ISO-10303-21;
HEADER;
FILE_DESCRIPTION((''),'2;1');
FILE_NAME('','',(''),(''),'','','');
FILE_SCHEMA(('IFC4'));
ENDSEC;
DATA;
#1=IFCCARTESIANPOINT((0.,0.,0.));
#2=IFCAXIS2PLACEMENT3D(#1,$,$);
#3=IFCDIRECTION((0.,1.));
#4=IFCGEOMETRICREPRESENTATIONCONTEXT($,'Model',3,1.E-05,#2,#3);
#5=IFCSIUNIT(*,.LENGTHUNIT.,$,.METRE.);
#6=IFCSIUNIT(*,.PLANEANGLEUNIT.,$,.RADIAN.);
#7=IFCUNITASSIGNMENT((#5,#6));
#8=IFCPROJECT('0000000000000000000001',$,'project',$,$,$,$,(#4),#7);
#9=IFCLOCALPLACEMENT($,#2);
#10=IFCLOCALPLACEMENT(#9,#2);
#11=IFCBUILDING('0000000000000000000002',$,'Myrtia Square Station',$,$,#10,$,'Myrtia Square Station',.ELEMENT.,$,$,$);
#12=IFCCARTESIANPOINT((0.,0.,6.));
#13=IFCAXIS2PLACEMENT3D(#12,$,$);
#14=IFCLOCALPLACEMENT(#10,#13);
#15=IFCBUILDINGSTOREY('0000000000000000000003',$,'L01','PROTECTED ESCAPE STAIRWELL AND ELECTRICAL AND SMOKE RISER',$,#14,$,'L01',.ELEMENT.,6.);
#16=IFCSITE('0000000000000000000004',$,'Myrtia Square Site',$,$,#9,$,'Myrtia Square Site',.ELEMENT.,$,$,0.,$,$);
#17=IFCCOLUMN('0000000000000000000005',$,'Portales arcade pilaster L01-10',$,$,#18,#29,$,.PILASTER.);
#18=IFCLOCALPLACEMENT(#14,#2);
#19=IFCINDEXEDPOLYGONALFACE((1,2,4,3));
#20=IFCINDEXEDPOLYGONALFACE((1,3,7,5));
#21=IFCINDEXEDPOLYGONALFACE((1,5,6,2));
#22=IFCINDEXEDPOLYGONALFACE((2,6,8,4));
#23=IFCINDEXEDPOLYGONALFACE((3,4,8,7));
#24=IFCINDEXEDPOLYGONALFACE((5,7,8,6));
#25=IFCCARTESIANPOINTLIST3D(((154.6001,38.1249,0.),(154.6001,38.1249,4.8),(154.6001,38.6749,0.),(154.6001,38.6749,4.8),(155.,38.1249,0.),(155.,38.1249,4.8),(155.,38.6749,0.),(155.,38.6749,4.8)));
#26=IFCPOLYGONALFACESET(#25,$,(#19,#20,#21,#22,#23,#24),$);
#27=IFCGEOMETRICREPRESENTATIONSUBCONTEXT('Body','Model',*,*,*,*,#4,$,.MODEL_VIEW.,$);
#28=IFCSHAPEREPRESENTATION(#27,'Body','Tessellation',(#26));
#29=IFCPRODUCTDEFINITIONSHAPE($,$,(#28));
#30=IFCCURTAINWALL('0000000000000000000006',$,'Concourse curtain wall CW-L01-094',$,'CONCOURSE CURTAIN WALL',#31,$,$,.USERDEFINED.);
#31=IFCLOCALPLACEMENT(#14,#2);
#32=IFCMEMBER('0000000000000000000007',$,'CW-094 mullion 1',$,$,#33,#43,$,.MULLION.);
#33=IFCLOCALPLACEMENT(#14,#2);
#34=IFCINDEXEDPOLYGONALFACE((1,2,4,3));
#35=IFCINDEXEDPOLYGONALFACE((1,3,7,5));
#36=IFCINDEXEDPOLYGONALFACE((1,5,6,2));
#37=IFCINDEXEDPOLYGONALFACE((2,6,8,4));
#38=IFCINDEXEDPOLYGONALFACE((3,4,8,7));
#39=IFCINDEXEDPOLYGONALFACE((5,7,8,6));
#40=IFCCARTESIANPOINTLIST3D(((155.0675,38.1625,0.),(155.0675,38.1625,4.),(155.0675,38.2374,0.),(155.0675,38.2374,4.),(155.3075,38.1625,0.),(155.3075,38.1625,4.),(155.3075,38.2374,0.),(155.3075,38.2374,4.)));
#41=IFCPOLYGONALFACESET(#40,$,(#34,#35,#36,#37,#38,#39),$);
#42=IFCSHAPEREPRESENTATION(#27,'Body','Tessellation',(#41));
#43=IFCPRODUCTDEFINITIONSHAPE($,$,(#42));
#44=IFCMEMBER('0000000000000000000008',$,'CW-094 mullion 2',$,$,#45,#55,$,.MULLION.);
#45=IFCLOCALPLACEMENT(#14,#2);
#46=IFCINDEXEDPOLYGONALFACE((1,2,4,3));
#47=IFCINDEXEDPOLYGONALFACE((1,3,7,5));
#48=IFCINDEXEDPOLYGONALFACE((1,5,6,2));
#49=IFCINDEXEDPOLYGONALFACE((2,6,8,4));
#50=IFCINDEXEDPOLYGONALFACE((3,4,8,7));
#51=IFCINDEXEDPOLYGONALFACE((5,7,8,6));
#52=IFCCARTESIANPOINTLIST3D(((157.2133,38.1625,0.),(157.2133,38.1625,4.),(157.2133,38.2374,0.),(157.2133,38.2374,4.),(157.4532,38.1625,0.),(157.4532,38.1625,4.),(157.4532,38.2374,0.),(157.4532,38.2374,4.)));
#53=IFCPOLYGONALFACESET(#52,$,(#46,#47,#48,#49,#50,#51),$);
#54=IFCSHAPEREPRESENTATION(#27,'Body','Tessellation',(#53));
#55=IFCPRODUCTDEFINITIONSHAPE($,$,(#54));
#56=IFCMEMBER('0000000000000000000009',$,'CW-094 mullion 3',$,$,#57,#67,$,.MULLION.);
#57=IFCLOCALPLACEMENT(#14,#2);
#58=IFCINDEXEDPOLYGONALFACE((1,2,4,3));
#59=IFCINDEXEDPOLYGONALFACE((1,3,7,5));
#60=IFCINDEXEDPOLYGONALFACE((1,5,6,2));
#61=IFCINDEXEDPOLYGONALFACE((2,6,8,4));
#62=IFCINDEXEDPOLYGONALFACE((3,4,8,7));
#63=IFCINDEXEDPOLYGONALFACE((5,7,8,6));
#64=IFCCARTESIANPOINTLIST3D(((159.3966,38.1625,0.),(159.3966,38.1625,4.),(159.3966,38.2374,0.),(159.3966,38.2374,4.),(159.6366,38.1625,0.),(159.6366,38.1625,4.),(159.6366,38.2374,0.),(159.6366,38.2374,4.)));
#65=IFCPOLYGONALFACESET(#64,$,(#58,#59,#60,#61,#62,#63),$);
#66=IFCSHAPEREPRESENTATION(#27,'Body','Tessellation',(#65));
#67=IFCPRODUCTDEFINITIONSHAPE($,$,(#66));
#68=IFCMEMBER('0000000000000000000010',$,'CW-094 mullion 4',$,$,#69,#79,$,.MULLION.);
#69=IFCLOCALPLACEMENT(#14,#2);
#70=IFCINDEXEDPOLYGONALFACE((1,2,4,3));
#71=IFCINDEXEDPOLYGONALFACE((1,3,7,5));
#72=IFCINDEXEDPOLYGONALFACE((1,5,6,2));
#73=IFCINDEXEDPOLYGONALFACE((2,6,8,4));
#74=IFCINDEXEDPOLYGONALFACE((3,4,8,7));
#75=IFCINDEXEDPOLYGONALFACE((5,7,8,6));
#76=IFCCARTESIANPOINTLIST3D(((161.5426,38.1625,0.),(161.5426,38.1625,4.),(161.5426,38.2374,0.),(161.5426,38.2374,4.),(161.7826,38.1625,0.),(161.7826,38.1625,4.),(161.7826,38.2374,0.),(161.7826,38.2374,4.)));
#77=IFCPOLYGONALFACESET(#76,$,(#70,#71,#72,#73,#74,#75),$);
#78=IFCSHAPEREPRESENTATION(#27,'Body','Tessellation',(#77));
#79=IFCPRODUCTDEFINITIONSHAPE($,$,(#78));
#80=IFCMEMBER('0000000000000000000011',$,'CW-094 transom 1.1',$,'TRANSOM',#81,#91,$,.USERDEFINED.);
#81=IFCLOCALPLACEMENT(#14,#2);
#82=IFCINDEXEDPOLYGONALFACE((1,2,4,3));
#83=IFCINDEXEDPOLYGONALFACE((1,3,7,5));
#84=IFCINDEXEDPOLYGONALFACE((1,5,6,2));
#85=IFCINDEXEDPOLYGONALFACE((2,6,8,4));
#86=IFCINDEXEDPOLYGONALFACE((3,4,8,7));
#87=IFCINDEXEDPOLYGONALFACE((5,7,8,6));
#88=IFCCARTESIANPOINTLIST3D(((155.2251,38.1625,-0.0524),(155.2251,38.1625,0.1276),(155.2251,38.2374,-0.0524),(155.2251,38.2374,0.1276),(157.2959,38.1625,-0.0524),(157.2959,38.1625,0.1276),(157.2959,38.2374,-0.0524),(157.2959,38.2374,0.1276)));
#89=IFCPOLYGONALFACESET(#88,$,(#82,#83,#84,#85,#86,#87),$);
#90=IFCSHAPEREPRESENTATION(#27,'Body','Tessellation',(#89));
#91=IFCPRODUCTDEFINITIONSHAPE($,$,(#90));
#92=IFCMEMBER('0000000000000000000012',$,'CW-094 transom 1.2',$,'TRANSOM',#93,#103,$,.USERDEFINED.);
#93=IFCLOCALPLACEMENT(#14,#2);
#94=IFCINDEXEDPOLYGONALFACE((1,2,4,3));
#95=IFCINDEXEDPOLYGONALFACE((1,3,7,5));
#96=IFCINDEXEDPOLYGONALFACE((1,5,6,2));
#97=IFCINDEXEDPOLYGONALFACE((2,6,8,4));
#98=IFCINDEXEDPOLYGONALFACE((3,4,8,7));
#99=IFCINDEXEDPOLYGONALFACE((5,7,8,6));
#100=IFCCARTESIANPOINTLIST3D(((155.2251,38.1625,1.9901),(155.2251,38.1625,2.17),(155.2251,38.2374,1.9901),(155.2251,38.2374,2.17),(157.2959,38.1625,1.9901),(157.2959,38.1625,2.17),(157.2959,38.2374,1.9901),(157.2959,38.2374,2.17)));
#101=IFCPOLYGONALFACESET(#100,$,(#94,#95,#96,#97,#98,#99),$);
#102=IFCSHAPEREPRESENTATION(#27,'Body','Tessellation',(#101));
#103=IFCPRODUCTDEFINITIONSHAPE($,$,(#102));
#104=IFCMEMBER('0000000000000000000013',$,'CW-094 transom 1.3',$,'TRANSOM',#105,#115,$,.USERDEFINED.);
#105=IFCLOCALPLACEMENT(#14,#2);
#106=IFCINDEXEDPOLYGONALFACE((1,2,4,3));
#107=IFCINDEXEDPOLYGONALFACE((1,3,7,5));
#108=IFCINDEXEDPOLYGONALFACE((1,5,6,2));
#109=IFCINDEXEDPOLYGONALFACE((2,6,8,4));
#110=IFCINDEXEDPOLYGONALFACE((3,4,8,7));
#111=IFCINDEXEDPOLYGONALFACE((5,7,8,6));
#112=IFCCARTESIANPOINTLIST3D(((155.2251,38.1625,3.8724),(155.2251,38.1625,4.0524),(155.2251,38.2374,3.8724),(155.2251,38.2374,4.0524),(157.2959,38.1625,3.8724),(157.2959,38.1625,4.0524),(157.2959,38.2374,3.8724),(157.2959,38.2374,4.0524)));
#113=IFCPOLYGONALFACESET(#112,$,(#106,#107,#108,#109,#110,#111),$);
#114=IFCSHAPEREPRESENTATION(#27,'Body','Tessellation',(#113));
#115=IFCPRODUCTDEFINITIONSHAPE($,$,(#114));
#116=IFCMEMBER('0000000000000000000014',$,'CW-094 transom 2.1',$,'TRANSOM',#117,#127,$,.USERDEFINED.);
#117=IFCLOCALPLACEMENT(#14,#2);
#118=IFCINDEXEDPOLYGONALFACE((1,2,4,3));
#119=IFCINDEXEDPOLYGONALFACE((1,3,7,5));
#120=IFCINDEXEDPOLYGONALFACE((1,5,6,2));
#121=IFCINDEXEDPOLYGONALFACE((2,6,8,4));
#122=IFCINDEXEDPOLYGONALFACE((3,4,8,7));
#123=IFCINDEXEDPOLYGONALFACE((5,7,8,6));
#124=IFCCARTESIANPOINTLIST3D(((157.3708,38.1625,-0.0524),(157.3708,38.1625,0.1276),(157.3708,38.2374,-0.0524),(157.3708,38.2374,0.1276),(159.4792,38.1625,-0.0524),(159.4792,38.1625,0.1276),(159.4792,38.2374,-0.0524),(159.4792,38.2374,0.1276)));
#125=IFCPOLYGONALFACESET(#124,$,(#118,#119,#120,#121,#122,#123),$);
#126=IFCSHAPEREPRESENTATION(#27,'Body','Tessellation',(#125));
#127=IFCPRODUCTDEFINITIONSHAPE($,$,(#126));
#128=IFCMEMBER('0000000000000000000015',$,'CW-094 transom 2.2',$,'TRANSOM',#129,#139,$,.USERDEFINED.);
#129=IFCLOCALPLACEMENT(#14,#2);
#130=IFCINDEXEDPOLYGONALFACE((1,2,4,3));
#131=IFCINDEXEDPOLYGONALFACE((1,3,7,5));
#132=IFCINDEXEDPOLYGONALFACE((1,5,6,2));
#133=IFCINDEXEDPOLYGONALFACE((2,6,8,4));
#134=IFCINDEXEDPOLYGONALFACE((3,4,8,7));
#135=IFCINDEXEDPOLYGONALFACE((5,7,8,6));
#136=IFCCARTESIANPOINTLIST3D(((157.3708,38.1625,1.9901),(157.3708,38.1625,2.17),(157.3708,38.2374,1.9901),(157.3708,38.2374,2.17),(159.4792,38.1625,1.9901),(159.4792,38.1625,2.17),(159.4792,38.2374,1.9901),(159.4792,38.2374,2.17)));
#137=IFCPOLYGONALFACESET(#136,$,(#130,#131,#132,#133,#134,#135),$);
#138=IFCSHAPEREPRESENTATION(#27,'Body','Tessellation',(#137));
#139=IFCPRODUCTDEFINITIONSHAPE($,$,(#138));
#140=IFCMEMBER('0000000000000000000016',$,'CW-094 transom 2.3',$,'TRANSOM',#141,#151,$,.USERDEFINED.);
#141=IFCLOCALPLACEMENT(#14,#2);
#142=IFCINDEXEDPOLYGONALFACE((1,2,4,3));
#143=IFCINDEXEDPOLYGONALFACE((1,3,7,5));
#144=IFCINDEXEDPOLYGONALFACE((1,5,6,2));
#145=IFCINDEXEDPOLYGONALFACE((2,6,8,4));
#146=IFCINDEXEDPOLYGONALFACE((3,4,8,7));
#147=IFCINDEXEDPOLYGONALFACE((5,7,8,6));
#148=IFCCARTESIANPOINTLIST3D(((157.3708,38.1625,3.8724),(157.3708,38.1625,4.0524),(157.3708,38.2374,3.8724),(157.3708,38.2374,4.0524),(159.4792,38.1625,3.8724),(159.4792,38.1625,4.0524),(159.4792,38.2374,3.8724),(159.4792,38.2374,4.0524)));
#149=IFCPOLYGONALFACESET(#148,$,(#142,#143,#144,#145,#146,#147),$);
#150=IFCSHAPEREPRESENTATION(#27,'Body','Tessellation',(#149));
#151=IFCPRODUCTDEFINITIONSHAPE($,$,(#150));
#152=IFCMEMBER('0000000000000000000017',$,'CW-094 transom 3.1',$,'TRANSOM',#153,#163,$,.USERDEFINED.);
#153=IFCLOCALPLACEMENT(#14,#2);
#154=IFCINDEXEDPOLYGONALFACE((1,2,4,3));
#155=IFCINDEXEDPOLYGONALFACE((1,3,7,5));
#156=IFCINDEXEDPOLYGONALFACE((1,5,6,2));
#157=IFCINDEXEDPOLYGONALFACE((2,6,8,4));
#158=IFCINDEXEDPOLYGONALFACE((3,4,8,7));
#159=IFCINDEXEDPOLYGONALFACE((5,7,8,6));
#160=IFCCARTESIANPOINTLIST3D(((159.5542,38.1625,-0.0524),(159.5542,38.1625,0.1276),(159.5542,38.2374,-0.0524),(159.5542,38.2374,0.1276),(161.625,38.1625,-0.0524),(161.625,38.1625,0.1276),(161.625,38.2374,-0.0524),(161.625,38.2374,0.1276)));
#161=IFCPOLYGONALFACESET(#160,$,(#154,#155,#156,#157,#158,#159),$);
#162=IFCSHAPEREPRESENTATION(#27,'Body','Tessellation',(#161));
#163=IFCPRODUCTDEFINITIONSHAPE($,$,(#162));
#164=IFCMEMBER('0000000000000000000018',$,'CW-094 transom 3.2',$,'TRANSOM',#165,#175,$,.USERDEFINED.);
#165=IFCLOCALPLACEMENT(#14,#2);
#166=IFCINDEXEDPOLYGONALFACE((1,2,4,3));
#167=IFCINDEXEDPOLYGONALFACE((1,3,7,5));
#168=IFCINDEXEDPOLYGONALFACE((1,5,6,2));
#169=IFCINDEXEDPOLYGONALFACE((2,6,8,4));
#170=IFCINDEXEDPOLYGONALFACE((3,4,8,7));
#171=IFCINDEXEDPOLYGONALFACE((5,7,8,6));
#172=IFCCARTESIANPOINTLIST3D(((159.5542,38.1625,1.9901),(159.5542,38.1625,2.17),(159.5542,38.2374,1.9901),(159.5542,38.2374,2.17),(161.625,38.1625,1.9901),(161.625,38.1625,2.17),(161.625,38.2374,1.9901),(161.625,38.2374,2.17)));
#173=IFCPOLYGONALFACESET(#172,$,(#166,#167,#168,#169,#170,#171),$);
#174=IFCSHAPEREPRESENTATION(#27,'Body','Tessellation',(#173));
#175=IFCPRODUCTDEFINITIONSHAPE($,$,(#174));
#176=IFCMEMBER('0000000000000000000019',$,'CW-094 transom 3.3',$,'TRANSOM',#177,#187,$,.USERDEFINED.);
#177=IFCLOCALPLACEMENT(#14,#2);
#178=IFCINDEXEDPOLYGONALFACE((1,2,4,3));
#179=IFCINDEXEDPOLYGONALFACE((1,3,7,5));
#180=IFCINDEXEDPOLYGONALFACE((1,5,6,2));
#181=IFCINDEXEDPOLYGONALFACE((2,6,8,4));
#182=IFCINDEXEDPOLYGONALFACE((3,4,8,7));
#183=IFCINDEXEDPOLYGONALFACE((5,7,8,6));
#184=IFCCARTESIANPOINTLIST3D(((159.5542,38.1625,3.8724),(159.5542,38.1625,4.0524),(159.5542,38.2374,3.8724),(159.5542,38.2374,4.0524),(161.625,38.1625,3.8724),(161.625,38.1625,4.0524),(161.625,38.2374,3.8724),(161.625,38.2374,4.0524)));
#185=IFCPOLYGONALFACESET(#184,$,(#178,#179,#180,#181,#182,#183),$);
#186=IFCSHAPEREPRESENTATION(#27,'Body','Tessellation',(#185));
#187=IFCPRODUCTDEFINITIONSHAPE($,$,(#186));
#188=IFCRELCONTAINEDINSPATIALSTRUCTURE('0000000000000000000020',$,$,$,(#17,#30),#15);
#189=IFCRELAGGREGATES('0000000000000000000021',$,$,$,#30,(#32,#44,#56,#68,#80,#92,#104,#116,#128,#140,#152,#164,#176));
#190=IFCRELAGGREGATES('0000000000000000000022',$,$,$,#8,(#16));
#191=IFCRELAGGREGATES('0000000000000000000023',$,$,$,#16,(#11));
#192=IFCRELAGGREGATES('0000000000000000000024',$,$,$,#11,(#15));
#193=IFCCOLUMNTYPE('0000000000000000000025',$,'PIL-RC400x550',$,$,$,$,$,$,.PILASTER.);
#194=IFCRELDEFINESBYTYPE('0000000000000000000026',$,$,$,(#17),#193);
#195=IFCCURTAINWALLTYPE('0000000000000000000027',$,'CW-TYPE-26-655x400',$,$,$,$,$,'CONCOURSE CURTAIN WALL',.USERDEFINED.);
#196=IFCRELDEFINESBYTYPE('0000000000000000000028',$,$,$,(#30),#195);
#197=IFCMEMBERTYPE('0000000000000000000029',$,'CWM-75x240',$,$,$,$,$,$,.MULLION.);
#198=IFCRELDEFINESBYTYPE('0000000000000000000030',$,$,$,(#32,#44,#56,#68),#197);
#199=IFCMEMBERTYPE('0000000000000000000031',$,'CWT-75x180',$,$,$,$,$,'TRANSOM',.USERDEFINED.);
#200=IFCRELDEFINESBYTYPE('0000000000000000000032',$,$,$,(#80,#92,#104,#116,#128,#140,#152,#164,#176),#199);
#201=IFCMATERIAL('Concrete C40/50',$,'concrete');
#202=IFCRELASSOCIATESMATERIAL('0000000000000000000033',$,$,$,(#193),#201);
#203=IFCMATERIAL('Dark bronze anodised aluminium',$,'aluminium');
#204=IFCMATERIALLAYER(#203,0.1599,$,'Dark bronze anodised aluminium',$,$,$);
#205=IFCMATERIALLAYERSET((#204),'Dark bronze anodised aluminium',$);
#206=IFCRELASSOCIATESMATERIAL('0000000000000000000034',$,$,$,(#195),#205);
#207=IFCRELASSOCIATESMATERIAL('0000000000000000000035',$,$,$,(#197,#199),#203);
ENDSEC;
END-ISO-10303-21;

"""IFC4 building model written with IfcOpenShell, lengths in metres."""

from ifc_helpers import new_model, si_unit, direction, frame, origin, origin_2d, place, context, subcontext, project, spatial, rectangle, extrude, material, layer, layer_set, material_profile, profile_set, type_object, element, aggregate, save


model = new_model("IFC4")

# Units and contexts
model_context = context("Model", 3, precision=1e-05, world=origin(), true_north=direction((0.0, 1.0)))
body_context = subcontext(model_context, "Body", "Model", "MODEL_VIEW")
ifc_project = project(units=[si_unit("LENGTHUNIT", "METRE"), si_unit("PLANEANGLEUNIT", "RADIAN")], contexts=[model_context])

# Site, building, storey
site_placement = place(None, origin())
site = spatial("IfcSite", under=ifc_project, at=site_placement, Name="Myrtia Square Site", LongName="Myrtia Square Site", CompositionType="ELEMENT", RefElevation=0.0)
building_placement = place(site_placement, origin())
building = spatial("IfcBuilding", under=site, at=building_placement, Name="Myrtia Square Station", LongName="Myrtia Square Station", CompositionType="ELEMENT")
storey_placement = place(building_placement, frame((0.0, 0.0, 6.0)))
storey = spatial("IfcBuildingStorey", under=building, at=storey_placement, Name="L01", Description="PROTECTED ESCAPE STAIRWELL AND ELECTRICAL AND SMOKE RISER", LongName="L01", CompositionType="ELEMENT", Elevation=6.0)

# Column
ifc_material_1 = material(Name="Concrete C40/50", Category="concrete")
ifc_material_profile_1 = material_profile(ifc_material_1, rectangle(XDim=0.3999, YDim=0.55, at=origin_2d()), Name="PIL 400x550")
ifc_profile_set_1 = profile_set([ifc_material_profile_1], Name="Concrete C40/50")
column_type = type_object("IfcColumnType", Name="PIL-RC400x550", PredefinedType="PILASTER", material=ifc_profile_set_1)
column_placement = place(storey_placement, frame((154.8, 38.3999, 0.0), z_axis=(0.0, 0.0, 1.0), x_axis=(1.0, 0.0, 0.0)))
element("IfcColumn", 1, at=column_placement, inside=storey, type_object=column_type, Name="Portales arcade pilaster L01-10", PredefinedType="PILASTER", context=body_context, shape_type="SweptSolid", body=[
    extrude(rectangle(XDim=0.3999, YDim=0.55, at=origin_2d()), origin(), (0.0, 0.0, 1.0), 4.8),
])

# Curtain wall, members
ifc_material_2 = material(Name="Dark bronze anodised aluminium", Category="aluminium")
ifc_layer_1 = layer(ifc_material_2, 0.1599, Name="Dark bronze anodised aluminium")
ifc_layer_set_1 = layer_set([ifc_layer_1], Name="Dark bronze anodised aluminium")
curtain_wall_type = type_object("IfcCurtainWallType", Name="CW-TYPE-26-655x400", ElementType="CONCOURSE CURTAIN WALL", PredefinedType="USERDEFINED", material=ifc_layer_set_1)
curtain_wall_placement = place(storey_placement, origin())
curtain_wall = element("IfcCurtainWall", 2, at=curtain_wall_placement, inside=storey, type_object=curtain_wall_type, Name="Concourse curtain wall CW-L01-094", ObjectType="CONCOURSE CURTAIN WALL", PredefinedType="USERDEFINED")
ifc_material_profile_2 = material_profile(ifc_material_2, rectangle(XDim=0.075, YDim=0.24, at=origin_2d()), Name="ALU-M 75x240")
ifc_profile_set_2 = profile_set([ifc_material_profile_2], Name="Dark bronze anodised aluminium")
member_type_1 = type_object("IfcMemberType", Name="CWM-75x240", PredefinedType="MULLION", material=ifc_profile_set_2)
member_1_placement = place(storey_placement, frame((155.1875, 38.2, 0.0), z_axis=(0.0, 0.0, 1.0), x_axis=(0.0, 1.0, 0.0)))
member_1 = element("IfcMember", 3, at=member_1_placement, type_object=member_type_1, Name="CW-094 mullion 1", PredefinedType="MULLION", context=body_context, shape_type="SweptSolid", body=[
    extrude(rectangle(XDim=0.075, YDim=0.24, at=origin_2d()), origin(), (0.0, 0.0, 1.0), 4.0),
])
member_2_placement = place(storey_placement, frame((157.3333, 38.2, 0.0), z_axis=(0.0, 0.0, 1.0), x_axis=(0.0, 1.0, 0.0)))
member_2 = element("IfcMember", 4, at=member_2_placement, type_object=member_type_1, Name="CW-094 mullion 2", PredefinedType="MULLION", context=body_context, shape_type="SweptSolid", body=[
    extrude(rectangle(XDim=0.075, YDim=0.24, at=origin_2d()), origin(), (0.0, 0.0, 1.0), 4.0),
])
member_3_placement = place(storey_placement, frame((159.5166, 38.2, 0.0), z_axis=(0.0, 0.0, 1.0), x_axis=(0.0, 1.0, 0.0)))
member_3 = element("IfcMember", 5, at=member_3_placement, type_object=member_type_1, Name="CW-094 mullion 3", PredefinedType="MULLION", context=body_context, shape_type="SweptSolid", body=[
    extrude(rectangle(XDim=0.075, YDim=0.24, at=origin_2d()), origin(), (0.0, 0.0, 1.0), 4.0),
])
member_4_placement = place(storey_placement, frame((161.6626, 38.2, 0.0), z_axis=(0.0, 0.0, 1.0), x_axis=(0.0, 1.0, 0.0)))
member_4 = element("IfcMember", 6, at=member_4_placement, type_object=member_type_1, Name="CW-094 mullion 4", PredefinedType="MULLION", context=body_context, shape_type="SweptSolid", body=[
    extrude(rectangle(XDim=0.075, YDim=0.24, at=origin_2d()), origin(), (0.0, 0.0, 1.0), 4.0),
])
ifc_material_profile_3 = material_profile(ifc_material_2, rectangle(XDim=0.075, YDim=0.1799, at=origin_2d()), Name="ALU-T 75x180")
ifc_profile_set_3 = profile_set([ifc_material_profile_3], Name="Dark bronze anodised aluminium")
member_type_2 = type_object("IfcMemberType", Name="CWT-75x180", ElementType="TRANSOM", PredefinedType="USERDEFINED", material=ifc_profile_set_3)
member_5_placement = place(storey_placement, frame((155.2251, 38.2, 0.0376), z_axis=(1.0, 0.0, 0.0), x_axis=(0.0, 1.0, 0.0)))
member_5 = element("IfcMember", 7, at=member_5_placement, type_object=member_type_2, Name="CW-094 transom 1.1", ObjectType="TRANSOM", PredefinedType="USERDEFINED", context=body_context, shape_type="SweptSolid", body=[
    extrude(rectangle(XDim=0.075, YDim=0.1799, at=origin_2d()), origin(), (0.0, 0.0, 1.0), 2.0708),
])
member_6_placement = place(storey_placement, frame((155.2251, 38.2, 2.0801), z_axis=(1.0, 0.0, 0.0), x_axis=(0.0, 1.0, 0.0)))
member_6 = element("IfcMember", 8, at=member_6_placement, type_object=member_type_2, Name="CW-094 transom 1.2", ObjectType="TRANSOM", PredefinedType="USERDEFINED", context=body_context, shape_type="SweptSolid", body=[
    extrude(rectangle(XDim=0.075, YDim=0.1799, at=origin_2d()), origin(), (0.0, 0.0, 1.0), 2.0708),
])
member_7_placement = place(storey_placement, frame((155.2251, 38.2, 3.9624), z_axis=(1.0, 0.0, 0.0), x_axis=(0.0, 1.0, 0.0)))
member_7 = element("IfcMember", 9, at=member_7_placement, type_object=member_type_2, Name="CW-094 transom 1.3", ObjectType="TRANSOM", PredefinedType="USERDEFINED", context=body_context, shape_type="SweptSolid", body=[
    extrude(rectangle(XDim=0.075, YDim=0.1799, at=origin_2d()), origin(), (0.0, 0.0, 1.0), 2.0708),
])
member_8_placement = place(storey_placement, frame((157.3708, 38.2, 0.0376), z_axis=(1.0, 0.0, 0.0), x_axis=(0.0, 1.0, 0.0)))
member_8 = element("IfcMember", 10, at=member_8_placement, type_object=member_type_2, Name="CW-094 transom 2.1", ObjectType="TRANSOM", PredefinedType="USERDEFINED", context=body_context, shape_type="SweptSolid", body=[
    extrude(rectangle(XDim=0.075, YDim=0.1799, at=origin_2d()), origin(), (0.0, 0.0, 1.0), 2.1084),
])
member_9_placement = place(storey_placement, frame((157.3708, 38.2, 2.0801), z_axis=(1.0, 0.0, 0.0), x_axis=(0.0, 1.0, 0.0)))
member_9 = element("IfcMember", 11, at=member_9_placement, type_object=member_type_2, Name="CW-094 transom 2.2", ObjectType="TRANSOM", PredefinedType="USERDEFINED", context=body_context, shape_type="SweptSolid", body=[
    extrude(rectangle(XDim=0.075, YDim=0.1799, at=origin_2d()), origin(), (0.0, 0.0, 1.0), 2.1084),
])
member_10_placement = place(storey_placement, frame((157.3708, 38.2, 3.9624), z_axis=(1.0, 0.0, 0.0), x_axis=(0.0, 1.0, 0.0)))
member_10 = element("IfcMember", 12, at=member_10_placement, type_object=member_type_2, Name="CW-094 transom 2.3", ObjectType="TRANSOM", PredefinedType="USERDEFINED", context=body_context, shape_type="SweptSolid", body=[
    extrude(rectangle(XDim=0.075, YDim=0.1799, at=origin_2d()), origin(), (0.0, 0.0, 1.0), 2.1084),
])
member_11_placement = place(storey_placement, frame((159.5542, 38.2, 0.0376), z_axis=(1.0, 0.0, 0.0), x_axis=(0.0, 1.0, 0.0)))
member_11 = element("IfcMember", 13, at=member_11_placement, type_object=member_type_2, Name="CW-094 transom 3.1", ObjectType="TRANSOM", PredefinedType="USERDEFINED", context=body_context, shape_type="SweptSolid", body=[
    extrude(rectangle(XDim=0.075, YDim=0.1799, at=origin_2d()), origin(), (0.0, 0.0, 1.0), 2.0708),
])
member_12_placement = place(storey_placement, frame((159.5542, 38.2, 2.0801), z_axis=(1.0, 0.0, 0.0), x_axis=(0.0, 1.0, 0.0)))
member_12 = element("IfcMember", 14, at=member_12_placement, type_object=member_type_2, Name="CW-094 transom 3.2", ObjectType="TRANSOM", PredefinedType="USERDEFINED", context=body_context, shape_type="SweptSolid", body=[
    extrude(rectangle(XDim=0.075, YDim=0.1799, at=origin_2d()), origin(), (0.0, 0.0, 1.0), 2.0708),
])
member_13_placement = place(storey_placement, frame((159.5542, 38.2, 3.9624), z_axis=(1.0, 0.0, 0.0), x_axis=(0.0, 1.0, 0.0)))
member_13 = element("IfcMember", 15, at=member_13_placement, type_object=member_type_2, Name="CW-094 transom 3.3", ObjectType="TRANSOM", PredefinedType="USERDEFINED", context=body_context, shape_type="SweptSolid", body=[
    extrude(rectangle(XDim=0.075, YDim=0.1799, at=origin_2d()), origin(), (0.0, 0.0, 1.0), 2.0708),
])
aggregate(curtain_wall, [member_1, member_2, member_3, member_4, member_5, member_6, member_7, member_8, member_9, member_10, member_11, member_12, member_13])

save(model, "model.ifc")
